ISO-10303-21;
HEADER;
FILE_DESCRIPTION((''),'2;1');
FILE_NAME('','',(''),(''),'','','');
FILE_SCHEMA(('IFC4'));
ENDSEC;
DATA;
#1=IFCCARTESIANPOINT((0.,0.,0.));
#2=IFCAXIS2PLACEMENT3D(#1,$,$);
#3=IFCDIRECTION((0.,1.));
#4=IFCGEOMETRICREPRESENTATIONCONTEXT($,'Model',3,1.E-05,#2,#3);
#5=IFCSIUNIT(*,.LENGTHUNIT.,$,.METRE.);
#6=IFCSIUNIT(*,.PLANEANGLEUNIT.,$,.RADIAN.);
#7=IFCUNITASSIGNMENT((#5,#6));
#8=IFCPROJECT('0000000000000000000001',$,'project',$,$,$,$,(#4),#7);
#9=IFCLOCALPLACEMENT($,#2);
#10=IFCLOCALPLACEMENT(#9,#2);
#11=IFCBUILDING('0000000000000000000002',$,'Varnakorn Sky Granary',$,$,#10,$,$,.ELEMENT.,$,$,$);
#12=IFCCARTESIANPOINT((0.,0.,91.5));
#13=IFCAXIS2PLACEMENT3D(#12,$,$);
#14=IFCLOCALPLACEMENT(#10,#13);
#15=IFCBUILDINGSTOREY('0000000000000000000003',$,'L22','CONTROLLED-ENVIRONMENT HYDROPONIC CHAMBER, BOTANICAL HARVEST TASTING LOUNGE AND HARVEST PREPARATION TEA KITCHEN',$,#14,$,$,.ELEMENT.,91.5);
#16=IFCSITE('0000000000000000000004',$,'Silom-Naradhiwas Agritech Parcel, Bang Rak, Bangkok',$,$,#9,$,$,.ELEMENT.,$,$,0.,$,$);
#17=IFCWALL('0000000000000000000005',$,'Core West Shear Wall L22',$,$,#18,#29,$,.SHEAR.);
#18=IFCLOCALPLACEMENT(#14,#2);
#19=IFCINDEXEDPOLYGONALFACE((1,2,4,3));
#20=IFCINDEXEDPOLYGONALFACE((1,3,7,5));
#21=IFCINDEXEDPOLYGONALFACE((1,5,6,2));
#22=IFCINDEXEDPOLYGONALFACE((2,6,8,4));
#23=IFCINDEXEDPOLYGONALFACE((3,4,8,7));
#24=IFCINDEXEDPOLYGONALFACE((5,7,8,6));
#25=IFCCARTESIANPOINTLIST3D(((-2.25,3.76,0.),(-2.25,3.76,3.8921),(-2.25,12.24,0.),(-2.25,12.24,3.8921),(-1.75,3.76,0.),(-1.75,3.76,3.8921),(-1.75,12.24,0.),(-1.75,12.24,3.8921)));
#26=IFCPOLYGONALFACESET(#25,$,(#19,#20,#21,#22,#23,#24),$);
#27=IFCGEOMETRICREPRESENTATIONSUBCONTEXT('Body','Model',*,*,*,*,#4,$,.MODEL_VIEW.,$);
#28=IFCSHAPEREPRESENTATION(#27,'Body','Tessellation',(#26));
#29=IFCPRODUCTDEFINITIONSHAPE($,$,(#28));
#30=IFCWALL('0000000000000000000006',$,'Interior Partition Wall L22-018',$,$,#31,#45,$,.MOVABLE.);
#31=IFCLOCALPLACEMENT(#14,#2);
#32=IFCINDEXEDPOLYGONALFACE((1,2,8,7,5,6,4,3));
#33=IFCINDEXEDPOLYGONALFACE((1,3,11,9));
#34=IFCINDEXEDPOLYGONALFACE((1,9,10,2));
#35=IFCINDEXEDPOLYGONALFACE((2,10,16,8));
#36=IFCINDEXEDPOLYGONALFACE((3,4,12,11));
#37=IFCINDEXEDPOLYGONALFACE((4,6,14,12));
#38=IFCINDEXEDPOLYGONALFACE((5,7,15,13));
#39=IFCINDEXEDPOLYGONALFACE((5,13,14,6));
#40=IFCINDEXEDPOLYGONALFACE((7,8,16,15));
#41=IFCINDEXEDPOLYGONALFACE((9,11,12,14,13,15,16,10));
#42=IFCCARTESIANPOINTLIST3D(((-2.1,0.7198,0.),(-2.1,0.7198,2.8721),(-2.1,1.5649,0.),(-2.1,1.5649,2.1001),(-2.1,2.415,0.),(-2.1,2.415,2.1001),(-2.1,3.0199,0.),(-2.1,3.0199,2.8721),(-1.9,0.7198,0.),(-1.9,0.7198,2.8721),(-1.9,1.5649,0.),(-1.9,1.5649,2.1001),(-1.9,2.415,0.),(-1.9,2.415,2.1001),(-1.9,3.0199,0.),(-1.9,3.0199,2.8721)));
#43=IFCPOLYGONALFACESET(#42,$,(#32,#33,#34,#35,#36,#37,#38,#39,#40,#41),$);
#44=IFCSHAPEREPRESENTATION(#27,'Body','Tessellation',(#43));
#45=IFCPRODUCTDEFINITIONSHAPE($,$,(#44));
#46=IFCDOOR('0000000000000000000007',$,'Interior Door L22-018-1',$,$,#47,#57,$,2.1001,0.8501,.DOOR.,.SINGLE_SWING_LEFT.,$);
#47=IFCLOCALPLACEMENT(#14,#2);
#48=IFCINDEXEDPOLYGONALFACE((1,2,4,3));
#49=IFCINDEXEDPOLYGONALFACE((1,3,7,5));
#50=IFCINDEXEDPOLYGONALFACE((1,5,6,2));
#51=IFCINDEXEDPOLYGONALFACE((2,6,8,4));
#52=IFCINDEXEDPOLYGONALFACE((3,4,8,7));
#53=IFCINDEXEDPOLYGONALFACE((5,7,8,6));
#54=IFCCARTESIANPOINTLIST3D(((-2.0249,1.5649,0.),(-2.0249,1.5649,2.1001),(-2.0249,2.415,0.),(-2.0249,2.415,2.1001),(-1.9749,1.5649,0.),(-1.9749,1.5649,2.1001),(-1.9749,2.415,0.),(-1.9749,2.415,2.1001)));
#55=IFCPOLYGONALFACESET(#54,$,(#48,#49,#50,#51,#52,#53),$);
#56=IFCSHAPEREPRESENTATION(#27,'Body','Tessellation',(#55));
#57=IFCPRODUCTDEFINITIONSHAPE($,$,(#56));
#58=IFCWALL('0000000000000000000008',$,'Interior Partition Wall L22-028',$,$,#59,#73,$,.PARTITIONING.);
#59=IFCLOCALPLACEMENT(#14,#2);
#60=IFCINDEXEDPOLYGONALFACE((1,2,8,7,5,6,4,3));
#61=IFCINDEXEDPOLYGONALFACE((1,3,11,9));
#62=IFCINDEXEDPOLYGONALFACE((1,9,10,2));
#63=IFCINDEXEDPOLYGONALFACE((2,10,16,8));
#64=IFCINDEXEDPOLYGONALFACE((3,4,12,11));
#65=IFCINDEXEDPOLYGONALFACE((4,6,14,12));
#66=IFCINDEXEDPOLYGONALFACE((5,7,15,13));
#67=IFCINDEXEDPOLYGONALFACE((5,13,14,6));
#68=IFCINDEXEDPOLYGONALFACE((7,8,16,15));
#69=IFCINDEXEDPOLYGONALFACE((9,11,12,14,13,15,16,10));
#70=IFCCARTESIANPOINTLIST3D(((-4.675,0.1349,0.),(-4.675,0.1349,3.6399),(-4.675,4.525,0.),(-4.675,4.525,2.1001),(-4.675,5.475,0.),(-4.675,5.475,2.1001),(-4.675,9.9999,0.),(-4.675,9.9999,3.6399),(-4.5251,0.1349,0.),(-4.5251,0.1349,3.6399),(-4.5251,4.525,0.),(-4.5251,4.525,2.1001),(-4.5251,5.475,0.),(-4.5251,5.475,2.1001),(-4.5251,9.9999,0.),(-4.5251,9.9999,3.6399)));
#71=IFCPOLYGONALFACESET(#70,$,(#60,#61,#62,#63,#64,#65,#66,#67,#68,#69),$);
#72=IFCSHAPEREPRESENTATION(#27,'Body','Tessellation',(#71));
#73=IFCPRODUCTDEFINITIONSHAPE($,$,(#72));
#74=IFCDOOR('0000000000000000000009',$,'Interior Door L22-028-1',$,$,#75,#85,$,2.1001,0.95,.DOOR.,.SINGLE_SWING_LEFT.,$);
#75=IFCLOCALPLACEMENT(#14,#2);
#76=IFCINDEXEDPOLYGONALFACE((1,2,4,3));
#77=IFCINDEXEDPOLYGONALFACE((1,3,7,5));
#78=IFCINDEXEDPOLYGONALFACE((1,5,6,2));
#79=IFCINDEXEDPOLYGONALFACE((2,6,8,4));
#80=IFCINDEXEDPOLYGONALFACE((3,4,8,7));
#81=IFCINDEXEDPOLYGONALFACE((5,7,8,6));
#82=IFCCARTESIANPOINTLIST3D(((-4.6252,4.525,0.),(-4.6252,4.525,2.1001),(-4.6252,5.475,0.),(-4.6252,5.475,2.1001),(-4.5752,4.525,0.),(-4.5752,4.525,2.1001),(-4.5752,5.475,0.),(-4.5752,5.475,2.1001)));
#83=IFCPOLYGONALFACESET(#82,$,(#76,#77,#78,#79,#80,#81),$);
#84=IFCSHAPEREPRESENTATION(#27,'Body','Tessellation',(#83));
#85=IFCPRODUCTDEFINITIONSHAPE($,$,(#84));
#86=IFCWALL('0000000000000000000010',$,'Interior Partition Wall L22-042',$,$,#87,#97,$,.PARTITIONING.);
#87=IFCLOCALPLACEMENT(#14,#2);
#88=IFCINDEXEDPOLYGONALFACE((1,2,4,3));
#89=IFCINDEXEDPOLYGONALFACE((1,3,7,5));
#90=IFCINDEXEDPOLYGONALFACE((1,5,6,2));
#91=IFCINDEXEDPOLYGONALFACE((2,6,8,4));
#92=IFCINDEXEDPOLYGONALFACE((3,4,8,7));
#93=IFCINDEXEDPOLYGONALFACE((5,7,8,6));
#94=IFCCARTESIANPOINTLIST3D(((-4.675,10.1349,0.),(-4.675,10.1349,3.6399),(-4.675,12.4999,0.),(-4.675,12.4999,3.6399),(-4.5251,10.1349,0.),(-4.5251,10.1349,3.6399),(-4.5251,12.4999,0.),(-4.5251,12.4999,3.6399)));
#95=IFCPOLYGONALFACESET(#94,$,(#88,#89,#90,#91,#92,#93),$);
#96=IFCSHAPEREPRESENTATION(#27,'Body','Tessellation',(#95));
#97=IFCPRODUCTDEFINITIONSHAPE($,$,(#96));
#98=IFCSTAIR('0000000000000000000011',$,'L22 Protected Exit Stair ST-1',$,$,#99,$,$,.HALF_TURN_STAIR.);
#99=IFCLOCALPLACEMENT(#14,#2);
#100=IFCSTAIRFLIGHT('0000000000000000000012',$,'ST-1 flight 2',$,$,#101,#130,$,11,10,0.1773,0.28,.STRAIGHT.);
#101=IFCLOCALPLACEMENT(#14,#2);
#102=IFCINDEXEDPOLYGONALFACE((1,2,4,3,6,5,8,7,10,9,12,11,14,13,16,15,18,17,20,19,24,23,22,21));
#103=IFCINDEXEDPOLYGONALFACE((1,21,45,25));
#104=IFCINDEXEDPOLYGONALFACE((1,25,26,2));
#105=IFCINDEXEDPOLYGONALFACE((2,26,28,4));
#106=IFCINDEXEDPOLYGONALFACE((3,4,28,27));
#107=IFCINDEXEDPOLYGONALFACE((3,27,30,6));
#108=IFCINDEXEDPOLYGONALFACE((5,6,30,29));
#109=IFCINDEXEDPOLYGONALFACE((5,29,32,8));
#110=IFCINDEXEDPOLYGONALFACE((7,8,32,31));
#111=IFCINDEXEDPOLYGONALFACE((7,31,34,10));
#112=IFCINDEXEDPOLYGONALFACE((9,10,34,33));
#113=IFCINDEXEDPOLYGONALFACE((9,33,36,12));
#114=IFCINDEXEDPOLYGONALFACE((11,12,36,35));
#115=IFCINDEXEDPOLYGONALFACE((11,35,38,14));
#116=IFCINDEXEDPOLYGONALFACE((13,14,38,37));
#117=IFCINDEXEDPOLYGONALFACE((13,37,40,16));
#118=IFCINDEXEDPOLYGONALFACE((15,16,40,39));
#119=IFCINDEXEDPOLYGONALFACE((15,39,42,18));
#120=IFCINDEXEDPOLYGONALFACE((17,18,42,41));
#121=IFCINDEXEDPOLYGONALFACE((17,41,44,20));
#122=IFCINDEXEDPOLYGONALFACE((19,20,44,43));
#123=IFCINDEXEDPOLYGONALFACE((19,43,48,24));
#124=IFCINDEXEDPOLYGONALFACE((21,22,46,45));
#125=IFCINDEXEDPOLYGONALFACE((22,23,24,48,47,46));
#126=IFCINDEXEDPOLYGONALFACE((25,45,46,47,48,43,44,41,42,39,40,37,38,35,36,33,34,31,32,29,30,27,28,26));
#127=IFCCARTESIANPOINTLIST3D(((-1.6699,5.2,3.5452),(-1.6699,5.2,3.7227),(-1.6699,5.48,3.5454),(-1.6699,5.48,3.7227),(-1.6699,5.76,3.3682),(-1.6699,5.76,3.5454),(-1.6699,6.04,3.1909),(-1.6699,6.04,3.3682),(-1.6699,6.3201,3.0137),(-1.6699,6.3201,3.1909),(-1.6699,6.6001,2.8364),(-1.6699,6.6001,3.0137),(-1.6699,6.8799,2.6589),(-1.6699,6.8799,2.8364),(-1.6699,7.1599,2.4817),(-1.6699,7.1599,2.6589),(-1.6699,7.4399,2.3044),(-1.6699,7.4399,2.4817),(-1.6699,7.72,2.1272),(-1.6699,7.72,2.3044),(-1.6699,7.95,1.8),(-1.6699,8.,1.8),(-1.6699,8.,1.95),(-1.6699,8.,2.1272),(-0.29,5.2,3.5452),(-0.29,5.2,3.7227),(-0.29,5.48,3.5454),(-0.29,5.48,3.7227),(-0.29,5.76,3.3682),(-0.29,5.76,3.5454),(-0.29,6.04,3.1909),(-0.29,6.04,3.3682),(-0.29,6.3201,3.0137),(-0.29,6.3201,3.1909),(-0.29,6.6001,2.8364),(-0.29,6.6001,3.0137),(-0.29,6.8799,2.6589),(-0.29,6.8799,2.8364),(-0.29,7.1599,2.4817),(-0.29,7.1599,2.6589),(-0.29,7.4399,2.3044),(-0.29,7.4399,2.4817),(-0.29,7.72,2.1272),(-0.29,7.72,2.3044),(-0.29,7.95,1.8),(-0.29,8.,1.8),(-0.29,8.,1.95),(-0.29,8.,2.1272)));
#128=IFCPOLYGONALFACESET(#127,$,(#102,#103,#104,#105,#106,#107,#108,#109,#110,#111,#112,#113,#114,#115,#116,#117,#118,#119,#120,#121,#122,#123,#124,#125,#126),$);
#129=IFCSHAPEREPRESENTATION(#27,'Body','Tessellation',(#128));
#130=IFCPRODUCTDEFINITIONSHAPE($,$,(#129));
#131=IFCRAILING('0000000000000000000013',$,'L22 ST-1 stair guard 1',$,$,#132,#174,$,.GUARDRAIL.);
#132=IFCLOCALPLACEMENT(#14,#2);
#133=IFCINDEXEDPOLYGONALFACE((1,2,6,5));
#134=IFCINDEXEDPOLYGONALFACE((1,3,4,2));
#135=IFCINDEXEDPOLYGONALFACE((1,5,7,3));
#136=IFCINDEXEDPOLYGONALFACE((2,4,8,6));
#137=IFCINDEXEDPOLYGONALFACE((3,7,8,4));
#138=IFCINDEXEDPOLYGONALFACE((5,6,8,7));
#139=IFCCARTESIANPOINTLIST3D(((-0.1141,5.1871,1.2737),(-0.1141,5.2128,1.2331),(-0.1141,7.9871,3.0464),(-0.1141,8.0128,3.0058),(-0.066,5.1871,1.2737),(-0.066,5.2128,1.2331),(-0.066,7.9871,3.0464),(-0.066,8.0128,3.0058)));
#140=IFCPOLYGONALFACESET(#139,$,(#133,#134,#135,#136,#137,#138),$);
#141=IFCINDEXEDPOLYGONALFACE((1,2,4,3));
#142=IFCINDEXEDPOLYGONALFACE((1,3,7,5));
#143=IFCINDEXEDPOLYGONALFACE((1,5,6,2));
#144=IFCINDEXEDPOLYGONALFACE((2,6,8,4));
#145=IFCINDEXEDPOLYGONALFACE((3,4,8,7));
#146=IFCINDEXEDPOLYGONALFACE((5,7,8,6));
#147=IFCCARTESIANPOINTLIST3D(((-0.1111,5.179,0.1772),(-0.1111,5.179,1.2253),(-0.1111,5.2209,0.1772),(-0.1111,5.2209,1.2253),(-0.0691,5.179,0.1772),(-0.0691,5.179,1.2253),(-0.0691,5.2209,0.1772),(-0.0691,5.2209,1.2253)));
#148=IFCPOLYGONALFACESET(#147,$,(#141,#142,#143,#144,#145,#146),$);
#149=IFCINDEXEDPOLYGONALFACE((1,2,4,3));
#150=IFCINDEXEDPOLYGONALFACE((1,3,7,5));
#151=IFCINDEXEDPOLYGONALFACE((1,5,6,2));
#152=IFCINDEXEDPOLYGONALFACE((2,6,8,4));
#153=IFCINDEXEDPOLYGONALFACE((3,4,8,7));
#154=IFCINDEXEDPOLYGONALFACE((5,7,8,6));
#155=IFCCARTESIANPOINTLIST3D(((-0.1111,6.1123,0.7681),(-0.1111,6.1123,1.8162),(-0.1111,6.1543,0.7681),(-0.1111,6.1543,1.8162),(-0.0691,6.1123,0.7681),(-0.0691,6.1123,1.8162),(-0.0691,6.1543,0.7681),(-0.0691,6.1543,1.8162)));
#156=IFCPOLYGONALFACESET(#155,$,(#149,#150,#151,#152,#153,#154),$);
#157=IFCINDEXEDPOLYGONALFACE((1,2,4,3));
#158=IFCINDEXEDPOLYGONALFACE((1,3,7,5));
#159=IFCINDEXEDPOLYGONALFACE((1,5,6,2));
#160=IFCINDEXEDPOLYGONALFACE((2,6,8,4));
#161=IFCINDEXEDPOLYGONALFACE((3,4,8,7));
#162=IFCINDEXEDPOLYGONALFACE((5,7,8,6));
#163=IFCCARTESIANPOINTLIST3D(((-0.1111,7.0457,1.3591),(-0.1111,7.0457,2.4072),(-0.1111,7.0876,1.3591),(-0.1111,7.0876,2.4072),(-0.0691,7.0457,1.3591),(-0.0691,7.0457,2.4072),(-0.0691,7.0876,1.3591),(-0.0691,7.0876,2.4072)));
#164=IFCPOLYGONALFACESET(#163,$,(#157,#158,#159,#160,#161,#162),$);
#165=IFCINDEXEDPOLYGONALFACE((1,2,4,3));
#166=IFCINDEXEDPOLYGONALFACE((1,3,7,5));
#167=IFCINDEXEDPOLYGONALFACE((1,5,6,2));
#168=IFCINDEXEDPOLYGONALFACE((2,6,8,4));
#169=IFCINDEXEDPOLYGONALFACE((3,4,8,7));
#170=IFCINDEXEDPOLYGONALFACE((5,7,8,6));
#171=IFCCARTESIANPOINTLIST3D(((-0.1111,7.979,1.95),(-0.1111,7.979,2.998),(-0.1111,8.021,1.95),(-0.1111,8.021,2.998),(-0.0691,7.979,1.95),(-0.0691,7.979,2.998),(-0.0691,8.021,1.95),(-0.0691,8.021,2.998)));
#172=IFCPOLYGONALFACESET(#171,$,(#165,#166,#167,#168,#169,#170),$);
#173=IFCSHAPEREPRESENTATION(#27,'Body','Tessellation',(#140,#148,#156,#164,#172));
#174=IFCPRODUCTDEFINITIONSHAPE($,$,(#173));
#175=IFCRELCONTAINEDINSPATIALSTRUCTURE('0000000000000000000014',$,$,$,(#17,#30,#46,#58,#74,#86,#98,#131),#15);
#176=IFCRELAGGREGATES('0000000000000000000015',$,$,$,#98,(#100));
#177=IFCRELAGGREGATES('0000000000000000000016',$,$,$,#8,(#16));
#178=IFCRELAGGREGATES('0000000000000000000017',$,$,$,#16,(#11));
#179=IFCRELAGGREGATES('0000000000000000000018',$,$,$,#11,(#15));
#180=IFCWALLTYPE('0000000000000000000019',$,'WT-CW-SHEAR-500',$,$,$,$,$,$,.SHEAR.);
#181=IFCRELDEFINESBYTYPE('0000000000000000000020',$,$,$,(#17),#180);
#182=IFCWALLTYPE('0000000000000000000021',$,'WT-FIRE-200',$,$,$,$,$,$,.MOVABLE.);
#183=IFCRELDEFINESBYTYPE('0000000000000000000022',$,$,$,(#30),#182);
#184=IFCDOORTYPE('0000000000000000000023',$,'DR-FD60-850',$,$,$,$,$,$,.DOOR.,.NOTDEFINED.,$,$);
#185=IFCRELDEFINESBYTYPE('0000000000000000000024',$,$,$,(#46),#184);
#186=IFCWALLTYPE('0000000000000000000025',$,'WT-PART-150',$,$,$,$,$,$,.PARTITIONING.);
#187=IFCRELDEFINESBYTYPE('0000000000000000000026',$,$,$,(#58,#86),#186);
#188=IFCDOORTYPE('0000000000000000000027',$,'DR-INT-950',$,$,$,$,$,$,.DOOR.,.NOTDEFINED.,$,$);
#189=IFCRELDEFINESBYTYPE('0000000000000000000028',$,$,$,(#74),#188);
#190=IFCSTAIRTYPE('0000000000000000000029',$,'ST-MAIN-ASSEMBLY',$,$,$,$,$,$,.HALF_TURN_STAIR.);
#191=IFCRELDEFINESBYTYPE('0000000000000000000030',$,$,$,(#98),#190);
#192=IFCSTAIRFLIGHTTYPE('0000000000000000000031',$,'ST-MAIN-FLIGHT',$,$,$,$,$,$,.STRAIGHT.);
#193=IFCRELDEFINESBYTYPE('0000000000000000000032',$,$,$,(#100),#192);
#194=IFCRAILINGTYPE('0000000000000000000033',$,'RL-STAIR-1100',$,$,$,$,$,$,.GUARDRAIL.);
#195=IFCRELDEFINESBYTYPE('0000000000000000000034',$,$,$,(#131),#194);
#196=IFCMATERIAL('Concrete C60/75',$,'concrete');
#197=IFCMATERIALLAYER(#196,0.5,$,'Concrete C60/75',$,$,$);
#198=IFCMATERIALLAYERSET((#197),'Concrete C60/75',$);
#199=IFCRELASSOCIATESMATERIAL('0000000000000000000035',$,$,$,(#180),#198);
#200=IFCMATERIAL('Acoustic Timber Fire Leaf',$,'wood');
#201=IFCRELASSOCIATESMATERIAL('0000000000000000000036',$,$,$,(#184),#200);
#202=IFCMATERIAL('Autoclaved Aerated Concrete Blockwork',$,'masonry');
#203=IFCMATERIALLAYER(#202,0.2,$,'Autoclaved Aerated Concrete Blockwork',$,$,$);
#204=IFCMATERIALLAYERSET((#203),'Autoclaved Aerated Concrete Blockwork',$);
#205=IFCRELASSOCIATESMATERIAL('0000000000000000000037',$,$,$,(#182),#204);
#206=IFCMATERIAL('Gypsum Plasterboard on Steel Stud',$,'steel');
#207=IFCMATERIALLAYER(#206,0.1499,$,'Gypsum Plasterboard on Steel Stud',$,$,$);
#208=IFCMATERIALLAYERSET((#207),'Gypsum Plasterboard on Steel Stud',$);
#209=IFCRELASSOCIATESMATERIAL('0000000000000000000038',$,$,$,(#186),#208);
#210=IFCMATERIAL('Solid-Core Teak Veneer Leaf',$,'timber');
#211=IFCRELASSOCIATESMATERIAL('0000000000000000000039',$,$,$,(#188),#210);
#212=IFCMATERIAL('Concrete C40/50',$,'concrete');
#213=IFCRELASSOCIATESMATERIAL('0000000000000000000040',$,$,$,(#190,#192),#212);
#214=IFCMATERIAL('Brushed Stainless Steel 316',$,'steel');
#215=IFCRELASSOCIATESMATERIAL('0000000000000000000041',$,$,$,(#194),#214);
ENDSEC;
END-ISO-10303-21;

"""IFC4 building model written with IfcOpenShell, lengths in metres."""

from ifc_helpers import new_model, si_unit, direction, frame, frame_2d, origin, origin_2d, place, context, subcontext, project, spatial, polyline, rectangle, outline, extrude, material, layer, layer_set, type_object, element, fill, aggregate, save


model = new_model("IFC4")

# Units and contexts
model_context = context("Model", 3, precision=1e-05, world=origin(), true_north=direction((0.0, 1.0)))
body_context = subcontext(model_context, "Body", "Model", "MODEL_VIEW")
ifc_project = project(units=[si_unit("LENGTHUNIT", "METRE"), si_unit("PLANEANGLEUNIT", "RADIAN")], contexts=[model_context])

# Site, building, storey
site_placement = place(None, origin())
site = spatial("IfcSite", under=ifc_project, at=site_placement, Name="Silom-Naradhiwas Agritech Parcel, Bang Rak, Bangkok", CompositionType="ELEMENT", RefElevation=0.0)
building_placement = place(site_placement, origin())
building = spatial("IfcBuilding", under=site, at=building_placement, Name="Varnakorn Sky Granary", CompositionType="ELEMENT")
storey_placement = place(building_placement, frame((0.0, 0.0, 91.5)))
storey = spatial("IfcBuildingStorey", under=building, at=storey_placement, Name="L22", Description="CONTROLLED-ENVIRONMENT HYDROPONIC CHAMBER, BOTANICAL HARVEST TASTING LOUNGE AND HARVEST PREPARATION TEA KITCHEN", CompositionType="ELEMENT", Elevation=91.5)

# Shared definitions
ifc_material_1 = material(Name="Concrete C60/75", Category="concrete")

# Shared definitions
ifc_layer_1 = layer(ifc_material_1, 0.5, Name="Concrete C60/75")
ifc_layer_set_1 = layer_set([ifc_layer_1], Name="Concrete C60/75")
wall_type_1 = type_object("IfcWallType", Name="WT-CW-SHEAR-500", PredefinedType="SHEAR", material=ifc_layer_set_1)

# Shared definitions
ifc_material_2 = material(Name="Acoustic Timber Fire Leaf", Category="wood")
door_type_1 = type_object("IfcDoorType", Name="DR-FD60-850", OperationType="NOTDEFINED", PredefinedType="DOOR", material=ifc_material_2)

# Wall
wall_1_placement = place(storey_placement, frame((-2.0, 3.76, 0.0), z_axis=(0.0, 0.0, 1.0), x_axis=(0.0, 1.0, 0.0)))
element("IfcWall", 1, at=wall_1_placement, inside=storey, type_object=wall_type_1, Name="Core West Shear Wall L22", PredefinedType="SHEAR", context=body_context, shape_type="SweptSolid", body=[
    extrude(rectangle(XDim=8.48, YDim=0.5, at=frame_2d((4.24, 0.0))), origin(), (0.0, 0.0, 1.0), 3.8921),
])

# Walls, openings, doors
ifc_material_3 = material(Name="Autoclaved Aerated Concrete Blockwork", Category="masonry")
ifc_layer_2 = layer(ifc_material_3, 0.2, Name="Autoclaved Aerated Concrete Blockwork")
ifc_layer_set_2 = layer_set([ifc_layer_2], Name="Autoclaved Aerated Concrete Blockwork")
wall_type_2 = type_object("IfcWallType", Name="WT-FIRE-200", PredefinedType="MOVABLE", material=ifc_layer_set_2)
wall_2_placement = place(storey_placement, frame((-2.0, 0.72, 0.0), z_axis=(0.0, 0.0, 1.0), x_axis=(0.0, 1.0, 0.0)))
wall_2 = element("IfcWall", 2, at=wall_2_placement, inside=storey, type_object=wall_type_2, Name="Interior Partition Wall L22-018", PredefinedType="MOVABLE", context=body_context, shape_type="SweptSolid", body=[
    extrude(rectangle(XDim=2.3, YDim=0.2, at=frame_2d((1.1499, 0.0))), origin(), (0.0, 0.0, 1.0), 2.8721),
])
opening_1_placement = place(wall_2_placement, frame((0.845, 0.0, 0.0)))
opening_1 = element("IfcOpeningElement", 3, at=opening_1_placement, cuts=wall_2, PredefinedType="OPENING", context=body_context, shape_type="SweptSolid", body=[
    extrude(rectangle(XDim=0.8501, YDim=2.1001, at=frame_2d((0.425, 1.05))), frame((0.0, 0.1099, 0.0), z_axis=(0.0, -1.0, 0.0), x_axis=(1.0, 0.0, 0.0)), (0.0, 0.0, 1.0), 0.22),
])
door_1_placement = place(opening_1_placement, origin())
door_1 = element("IfcDoor", 4, at=door_1_placement, inside=storey, type_object=door_type_1, Name="Interior Door L22-018-1", OperationType="SINGLE_SWING_LEFT", OverallHeight=2.1001, OverallWidth=0.8501, PredefinedType="DOOR", context=body_context, shape_type="SweptSolid", body=[
    extrude(rectangle(XDim=0.8501, YDim=2.1001, at=frame_2d((0.425, 1.05))), frame((0.0, 0.0249, 0.0), z_axis=(0.0, -1.0, 0.0), x_axis=(1.0, 0.0, 0.0)), (0.0, 0.0, 1.0), 0.05),
])
fill(opening_1, door_1)
ifc_material_4 = material(Name="Gypsum Plasterboard on Steel Stud", Category="steel")
ifc_layer_3 = layer(ifc_material_4, 0.1499, Name="Gypsum Plasterboard on Steel Stud")
ifc_layer_set_3 = layer_set([ifc_layer_3], Name="Gypsum Plasterboard on Steel Stud")
wall_type_3 = type_object("IfcWallType", Name="WT-PART-150", PredefinedType="PARTITIONING", material=ifc_layer_set_3)
wall_3_placement = place(storey_placement, frame((-4.6001, 10.0, 0.0), z_axis=(0.0, 0.0, 1.0), x_axis=(0.0, -1.0, 0.0)))
wall_3 = element("IfcWall", 5, at=wall_3_placement, inside=storey, type_object=wall_type_3, Name="Interior Partition Wall L22-028", PredefinedType="PARTITIONING", context=body_context, shape_type="SweptSolid", body=[
    extrude(rectangle(XDim=9.865, YDim=0.1499, at=frame_2d((4.9326, 0.0))), origin(), (0.0, 0.0, 1.0), 3.6399),
])
opening_2_placement = place(wall_3_placement, frame((4.5249, 0.0, 0.0)))
opening_2 = element("IfcOpeningElement", 6, at=opening_2_placement, cuts=wall_3, PredefinedType="OPENING", context=body_context, shape_type="SweptSolid", body=[
    extrude(rectangle(XDim=0.95, YDim=2.1001, at=frame_2d((0.4751, 1.05))), frame((0.0, 0.085, 0.0), z_axis=(0.0, -1.0, 0.0), x_axis=(1.0, 0.0, 0.0)), (0.0, 0.0, 1.0), 0.1699),
])
ifc_material_5 = material(Name="Solid-Core Teak Veneer Leaf", Category="timber")
door_type_2 = type_object("IfcDoorType", Name="DR-INT-950", OperationType="NOTDEFINED", PredefinedType="DOOR", material=ifc_material_5)
door_2_placement = place(opening_2_placement, origin())
door_2 = element("IfcDoor", 7, at=door_2_placement, inside=storey, type_object=door_type_2, Name="Interior Door L22-028-1", OperationType="SINGLE_SWING_LEFT", OverallHeight=2.1001, OverallWidth=0.95, PredefinedType="DOOR", context=body_context, shape_type="SweptSolid", body=[
    extrude(rectangle(XDim=0.95, YDim=2.1001, at=frame_2d((0.4751, 1.05))), frame((0.0, 0.0249, 0.0), z_axis=(0.0, -1.0, 0.0), x_axis=(1.0, 0.0, 0.0)), (0.0, 0.0, 1.0), 0.05),
])
fill(opening_2, door_2)

# Wall
wall_4_placement = place(storey_placement, frame((-4.6001, 12.5, 0.0), z_axis=(0.0, 0.0, 1.0), x_axis=(0.0, -1.0, 0.0)))
element("IfcWall", 8, at=wall_4_placement, inside=storey, type_object=wall_type_3, Name="Interior Partition Wall L22-042", PredefinedType="PARTITIONING", context=body_context, shape_type="SweptSolid", body=[
    extrude(rectangle(XDim=2.365, YDim=0.1499, at=frame_2d((1.1826, 0.0))), origin(), (0.0, 0.0, 1.0), 3.6399),
])

# Stair, stair flight
ifc_material_6 = material(Name="Concrete C40/50", Category="concrete")
stair_type = type_object("IfcStairType", Name="ST-MAIN-ASSEMBLY", PredefinedType="HALF_TURN_STAIR", material=ifc_material_6)
stair_placement = place(storey_placement, origin())
stair = element("IfcStair", 9, at=stair_placement, inside=storey, type_object=stair_type, Name="L22 Protected Exit Stair ST-1", PredefinedType="HALF_TURN_STAIR")
stair_flight_type = type_object("IfcStairFlightType", Name="ST-MAIN-FLIGHT", PredefinedType="STRAIGHT", material=ifc_material_6)
stair_flight_placement = place(storey_placement, frame((-0.98, 8.0, 1.95), z_axis=(0.0, 0.0, 1.0), x_axis=(0.0, -1.0, 0.0)))
stair_flight = element("IfcStairFlight", 10, at=stair_flight_placement, type_object=stair_flight_type, Name="ST-1 flight 2", NumberOfRisers=11, NumberOfTreads=10, PredefinedType="STRAIGHT", RiserHeight=0.1773, TreadLength=0.28, context=body_context, shape_type="SweptSolid", body=[
    extrude(outline(polyline([(0.0, -0.1499), (0.0, 0.0), (0.0, 0.1772), (0.28, 0.1772), (0.28, 0.3545), (0.5601, 0.3545), (0.5601, 0.5317), (0.8401, 0.5317), (0.8401, 0.709), (1.1201, 0.709), (1.1201, 0.8865), (1.3999, 0.8865), (1.3999, 1.0637), (1.6799, 1.0637), (1.6799, 1.241), (1.96, 1.241), (1.96, 1.4182), (2.24, 1.4182), (2.24, 1.5955), (2.52, 1.5955), (2.52, 1.7727), (2.8, 1.7727), (2.8, 1.95), (2.8, 1.5952), (0.05, -0.1499), (0.0, -0.1499)])), frame((0.0, 0.6899, 0.0), z_axis=(0.0, -1.0, 0.0), x_axis=(1.0, 0.0, 0.0)), (0.0, 0.0, 1.0), 1.3799),
])
aggregate(stair, [stair_flight])

# Railing
ifc_material_7 = material(Name="Brushed Stainless Steel 316", Category="steel")
railing_type_1 = type_object("IfcRailingType", Name="RL-STAIR-1100", PredefinedType="GUARDRAIL", material=ifc_material_7)
railing_1_placement = place(storey_placement, frame((-0.0901, 5.2, 0.1772)))
element("IfcRailing", 11, at=railing_1_placement, inside=storey, type_object=railing_type_1, Name="L22 ST-1 stair guard 1", PredefinedType="GUARDRAIL", context=body_context, shape_type="SweptSolid", body=[
    extrude(rectangle(XDim=0.0481, YDim=0.0481, at=origin_2d()), frame((0.0, 0.0, 1.0762), z_axis=(0.0, 0.844909, 0.53491), x_axis=(-1.0, 0.0, 0.0)), (0.0, 0.0, 1.0), 3.314),
    extrude(rectangle(XDim=0.042, YDim=0.042, at=origin_2d()), origin(), (0.0, 0.0, 1.0), 1.0481),
    extrude(rectangle(XDim=0.042, YDim=0.042, at=origin_2d()), frame((0.0, 0.9333, 0.5908)), (0.0, 0.0, 1.0), 1.0481),
    extrude(rectangle(XDim=0.042, YDim=0.042, at=origin_2d()), frame((0.0, 1.8667, 1.1819)), (0.0, 0.0, 1.0), 1.0481),
    extrude(rectangle(XDim=0.042, YDim=0.042, at=origin_2d()), frame((0.0, 2.8, 1.7727)), (0.0, 0.0, 1.0), 1.0481),
])

save(model, "model.ifc")
